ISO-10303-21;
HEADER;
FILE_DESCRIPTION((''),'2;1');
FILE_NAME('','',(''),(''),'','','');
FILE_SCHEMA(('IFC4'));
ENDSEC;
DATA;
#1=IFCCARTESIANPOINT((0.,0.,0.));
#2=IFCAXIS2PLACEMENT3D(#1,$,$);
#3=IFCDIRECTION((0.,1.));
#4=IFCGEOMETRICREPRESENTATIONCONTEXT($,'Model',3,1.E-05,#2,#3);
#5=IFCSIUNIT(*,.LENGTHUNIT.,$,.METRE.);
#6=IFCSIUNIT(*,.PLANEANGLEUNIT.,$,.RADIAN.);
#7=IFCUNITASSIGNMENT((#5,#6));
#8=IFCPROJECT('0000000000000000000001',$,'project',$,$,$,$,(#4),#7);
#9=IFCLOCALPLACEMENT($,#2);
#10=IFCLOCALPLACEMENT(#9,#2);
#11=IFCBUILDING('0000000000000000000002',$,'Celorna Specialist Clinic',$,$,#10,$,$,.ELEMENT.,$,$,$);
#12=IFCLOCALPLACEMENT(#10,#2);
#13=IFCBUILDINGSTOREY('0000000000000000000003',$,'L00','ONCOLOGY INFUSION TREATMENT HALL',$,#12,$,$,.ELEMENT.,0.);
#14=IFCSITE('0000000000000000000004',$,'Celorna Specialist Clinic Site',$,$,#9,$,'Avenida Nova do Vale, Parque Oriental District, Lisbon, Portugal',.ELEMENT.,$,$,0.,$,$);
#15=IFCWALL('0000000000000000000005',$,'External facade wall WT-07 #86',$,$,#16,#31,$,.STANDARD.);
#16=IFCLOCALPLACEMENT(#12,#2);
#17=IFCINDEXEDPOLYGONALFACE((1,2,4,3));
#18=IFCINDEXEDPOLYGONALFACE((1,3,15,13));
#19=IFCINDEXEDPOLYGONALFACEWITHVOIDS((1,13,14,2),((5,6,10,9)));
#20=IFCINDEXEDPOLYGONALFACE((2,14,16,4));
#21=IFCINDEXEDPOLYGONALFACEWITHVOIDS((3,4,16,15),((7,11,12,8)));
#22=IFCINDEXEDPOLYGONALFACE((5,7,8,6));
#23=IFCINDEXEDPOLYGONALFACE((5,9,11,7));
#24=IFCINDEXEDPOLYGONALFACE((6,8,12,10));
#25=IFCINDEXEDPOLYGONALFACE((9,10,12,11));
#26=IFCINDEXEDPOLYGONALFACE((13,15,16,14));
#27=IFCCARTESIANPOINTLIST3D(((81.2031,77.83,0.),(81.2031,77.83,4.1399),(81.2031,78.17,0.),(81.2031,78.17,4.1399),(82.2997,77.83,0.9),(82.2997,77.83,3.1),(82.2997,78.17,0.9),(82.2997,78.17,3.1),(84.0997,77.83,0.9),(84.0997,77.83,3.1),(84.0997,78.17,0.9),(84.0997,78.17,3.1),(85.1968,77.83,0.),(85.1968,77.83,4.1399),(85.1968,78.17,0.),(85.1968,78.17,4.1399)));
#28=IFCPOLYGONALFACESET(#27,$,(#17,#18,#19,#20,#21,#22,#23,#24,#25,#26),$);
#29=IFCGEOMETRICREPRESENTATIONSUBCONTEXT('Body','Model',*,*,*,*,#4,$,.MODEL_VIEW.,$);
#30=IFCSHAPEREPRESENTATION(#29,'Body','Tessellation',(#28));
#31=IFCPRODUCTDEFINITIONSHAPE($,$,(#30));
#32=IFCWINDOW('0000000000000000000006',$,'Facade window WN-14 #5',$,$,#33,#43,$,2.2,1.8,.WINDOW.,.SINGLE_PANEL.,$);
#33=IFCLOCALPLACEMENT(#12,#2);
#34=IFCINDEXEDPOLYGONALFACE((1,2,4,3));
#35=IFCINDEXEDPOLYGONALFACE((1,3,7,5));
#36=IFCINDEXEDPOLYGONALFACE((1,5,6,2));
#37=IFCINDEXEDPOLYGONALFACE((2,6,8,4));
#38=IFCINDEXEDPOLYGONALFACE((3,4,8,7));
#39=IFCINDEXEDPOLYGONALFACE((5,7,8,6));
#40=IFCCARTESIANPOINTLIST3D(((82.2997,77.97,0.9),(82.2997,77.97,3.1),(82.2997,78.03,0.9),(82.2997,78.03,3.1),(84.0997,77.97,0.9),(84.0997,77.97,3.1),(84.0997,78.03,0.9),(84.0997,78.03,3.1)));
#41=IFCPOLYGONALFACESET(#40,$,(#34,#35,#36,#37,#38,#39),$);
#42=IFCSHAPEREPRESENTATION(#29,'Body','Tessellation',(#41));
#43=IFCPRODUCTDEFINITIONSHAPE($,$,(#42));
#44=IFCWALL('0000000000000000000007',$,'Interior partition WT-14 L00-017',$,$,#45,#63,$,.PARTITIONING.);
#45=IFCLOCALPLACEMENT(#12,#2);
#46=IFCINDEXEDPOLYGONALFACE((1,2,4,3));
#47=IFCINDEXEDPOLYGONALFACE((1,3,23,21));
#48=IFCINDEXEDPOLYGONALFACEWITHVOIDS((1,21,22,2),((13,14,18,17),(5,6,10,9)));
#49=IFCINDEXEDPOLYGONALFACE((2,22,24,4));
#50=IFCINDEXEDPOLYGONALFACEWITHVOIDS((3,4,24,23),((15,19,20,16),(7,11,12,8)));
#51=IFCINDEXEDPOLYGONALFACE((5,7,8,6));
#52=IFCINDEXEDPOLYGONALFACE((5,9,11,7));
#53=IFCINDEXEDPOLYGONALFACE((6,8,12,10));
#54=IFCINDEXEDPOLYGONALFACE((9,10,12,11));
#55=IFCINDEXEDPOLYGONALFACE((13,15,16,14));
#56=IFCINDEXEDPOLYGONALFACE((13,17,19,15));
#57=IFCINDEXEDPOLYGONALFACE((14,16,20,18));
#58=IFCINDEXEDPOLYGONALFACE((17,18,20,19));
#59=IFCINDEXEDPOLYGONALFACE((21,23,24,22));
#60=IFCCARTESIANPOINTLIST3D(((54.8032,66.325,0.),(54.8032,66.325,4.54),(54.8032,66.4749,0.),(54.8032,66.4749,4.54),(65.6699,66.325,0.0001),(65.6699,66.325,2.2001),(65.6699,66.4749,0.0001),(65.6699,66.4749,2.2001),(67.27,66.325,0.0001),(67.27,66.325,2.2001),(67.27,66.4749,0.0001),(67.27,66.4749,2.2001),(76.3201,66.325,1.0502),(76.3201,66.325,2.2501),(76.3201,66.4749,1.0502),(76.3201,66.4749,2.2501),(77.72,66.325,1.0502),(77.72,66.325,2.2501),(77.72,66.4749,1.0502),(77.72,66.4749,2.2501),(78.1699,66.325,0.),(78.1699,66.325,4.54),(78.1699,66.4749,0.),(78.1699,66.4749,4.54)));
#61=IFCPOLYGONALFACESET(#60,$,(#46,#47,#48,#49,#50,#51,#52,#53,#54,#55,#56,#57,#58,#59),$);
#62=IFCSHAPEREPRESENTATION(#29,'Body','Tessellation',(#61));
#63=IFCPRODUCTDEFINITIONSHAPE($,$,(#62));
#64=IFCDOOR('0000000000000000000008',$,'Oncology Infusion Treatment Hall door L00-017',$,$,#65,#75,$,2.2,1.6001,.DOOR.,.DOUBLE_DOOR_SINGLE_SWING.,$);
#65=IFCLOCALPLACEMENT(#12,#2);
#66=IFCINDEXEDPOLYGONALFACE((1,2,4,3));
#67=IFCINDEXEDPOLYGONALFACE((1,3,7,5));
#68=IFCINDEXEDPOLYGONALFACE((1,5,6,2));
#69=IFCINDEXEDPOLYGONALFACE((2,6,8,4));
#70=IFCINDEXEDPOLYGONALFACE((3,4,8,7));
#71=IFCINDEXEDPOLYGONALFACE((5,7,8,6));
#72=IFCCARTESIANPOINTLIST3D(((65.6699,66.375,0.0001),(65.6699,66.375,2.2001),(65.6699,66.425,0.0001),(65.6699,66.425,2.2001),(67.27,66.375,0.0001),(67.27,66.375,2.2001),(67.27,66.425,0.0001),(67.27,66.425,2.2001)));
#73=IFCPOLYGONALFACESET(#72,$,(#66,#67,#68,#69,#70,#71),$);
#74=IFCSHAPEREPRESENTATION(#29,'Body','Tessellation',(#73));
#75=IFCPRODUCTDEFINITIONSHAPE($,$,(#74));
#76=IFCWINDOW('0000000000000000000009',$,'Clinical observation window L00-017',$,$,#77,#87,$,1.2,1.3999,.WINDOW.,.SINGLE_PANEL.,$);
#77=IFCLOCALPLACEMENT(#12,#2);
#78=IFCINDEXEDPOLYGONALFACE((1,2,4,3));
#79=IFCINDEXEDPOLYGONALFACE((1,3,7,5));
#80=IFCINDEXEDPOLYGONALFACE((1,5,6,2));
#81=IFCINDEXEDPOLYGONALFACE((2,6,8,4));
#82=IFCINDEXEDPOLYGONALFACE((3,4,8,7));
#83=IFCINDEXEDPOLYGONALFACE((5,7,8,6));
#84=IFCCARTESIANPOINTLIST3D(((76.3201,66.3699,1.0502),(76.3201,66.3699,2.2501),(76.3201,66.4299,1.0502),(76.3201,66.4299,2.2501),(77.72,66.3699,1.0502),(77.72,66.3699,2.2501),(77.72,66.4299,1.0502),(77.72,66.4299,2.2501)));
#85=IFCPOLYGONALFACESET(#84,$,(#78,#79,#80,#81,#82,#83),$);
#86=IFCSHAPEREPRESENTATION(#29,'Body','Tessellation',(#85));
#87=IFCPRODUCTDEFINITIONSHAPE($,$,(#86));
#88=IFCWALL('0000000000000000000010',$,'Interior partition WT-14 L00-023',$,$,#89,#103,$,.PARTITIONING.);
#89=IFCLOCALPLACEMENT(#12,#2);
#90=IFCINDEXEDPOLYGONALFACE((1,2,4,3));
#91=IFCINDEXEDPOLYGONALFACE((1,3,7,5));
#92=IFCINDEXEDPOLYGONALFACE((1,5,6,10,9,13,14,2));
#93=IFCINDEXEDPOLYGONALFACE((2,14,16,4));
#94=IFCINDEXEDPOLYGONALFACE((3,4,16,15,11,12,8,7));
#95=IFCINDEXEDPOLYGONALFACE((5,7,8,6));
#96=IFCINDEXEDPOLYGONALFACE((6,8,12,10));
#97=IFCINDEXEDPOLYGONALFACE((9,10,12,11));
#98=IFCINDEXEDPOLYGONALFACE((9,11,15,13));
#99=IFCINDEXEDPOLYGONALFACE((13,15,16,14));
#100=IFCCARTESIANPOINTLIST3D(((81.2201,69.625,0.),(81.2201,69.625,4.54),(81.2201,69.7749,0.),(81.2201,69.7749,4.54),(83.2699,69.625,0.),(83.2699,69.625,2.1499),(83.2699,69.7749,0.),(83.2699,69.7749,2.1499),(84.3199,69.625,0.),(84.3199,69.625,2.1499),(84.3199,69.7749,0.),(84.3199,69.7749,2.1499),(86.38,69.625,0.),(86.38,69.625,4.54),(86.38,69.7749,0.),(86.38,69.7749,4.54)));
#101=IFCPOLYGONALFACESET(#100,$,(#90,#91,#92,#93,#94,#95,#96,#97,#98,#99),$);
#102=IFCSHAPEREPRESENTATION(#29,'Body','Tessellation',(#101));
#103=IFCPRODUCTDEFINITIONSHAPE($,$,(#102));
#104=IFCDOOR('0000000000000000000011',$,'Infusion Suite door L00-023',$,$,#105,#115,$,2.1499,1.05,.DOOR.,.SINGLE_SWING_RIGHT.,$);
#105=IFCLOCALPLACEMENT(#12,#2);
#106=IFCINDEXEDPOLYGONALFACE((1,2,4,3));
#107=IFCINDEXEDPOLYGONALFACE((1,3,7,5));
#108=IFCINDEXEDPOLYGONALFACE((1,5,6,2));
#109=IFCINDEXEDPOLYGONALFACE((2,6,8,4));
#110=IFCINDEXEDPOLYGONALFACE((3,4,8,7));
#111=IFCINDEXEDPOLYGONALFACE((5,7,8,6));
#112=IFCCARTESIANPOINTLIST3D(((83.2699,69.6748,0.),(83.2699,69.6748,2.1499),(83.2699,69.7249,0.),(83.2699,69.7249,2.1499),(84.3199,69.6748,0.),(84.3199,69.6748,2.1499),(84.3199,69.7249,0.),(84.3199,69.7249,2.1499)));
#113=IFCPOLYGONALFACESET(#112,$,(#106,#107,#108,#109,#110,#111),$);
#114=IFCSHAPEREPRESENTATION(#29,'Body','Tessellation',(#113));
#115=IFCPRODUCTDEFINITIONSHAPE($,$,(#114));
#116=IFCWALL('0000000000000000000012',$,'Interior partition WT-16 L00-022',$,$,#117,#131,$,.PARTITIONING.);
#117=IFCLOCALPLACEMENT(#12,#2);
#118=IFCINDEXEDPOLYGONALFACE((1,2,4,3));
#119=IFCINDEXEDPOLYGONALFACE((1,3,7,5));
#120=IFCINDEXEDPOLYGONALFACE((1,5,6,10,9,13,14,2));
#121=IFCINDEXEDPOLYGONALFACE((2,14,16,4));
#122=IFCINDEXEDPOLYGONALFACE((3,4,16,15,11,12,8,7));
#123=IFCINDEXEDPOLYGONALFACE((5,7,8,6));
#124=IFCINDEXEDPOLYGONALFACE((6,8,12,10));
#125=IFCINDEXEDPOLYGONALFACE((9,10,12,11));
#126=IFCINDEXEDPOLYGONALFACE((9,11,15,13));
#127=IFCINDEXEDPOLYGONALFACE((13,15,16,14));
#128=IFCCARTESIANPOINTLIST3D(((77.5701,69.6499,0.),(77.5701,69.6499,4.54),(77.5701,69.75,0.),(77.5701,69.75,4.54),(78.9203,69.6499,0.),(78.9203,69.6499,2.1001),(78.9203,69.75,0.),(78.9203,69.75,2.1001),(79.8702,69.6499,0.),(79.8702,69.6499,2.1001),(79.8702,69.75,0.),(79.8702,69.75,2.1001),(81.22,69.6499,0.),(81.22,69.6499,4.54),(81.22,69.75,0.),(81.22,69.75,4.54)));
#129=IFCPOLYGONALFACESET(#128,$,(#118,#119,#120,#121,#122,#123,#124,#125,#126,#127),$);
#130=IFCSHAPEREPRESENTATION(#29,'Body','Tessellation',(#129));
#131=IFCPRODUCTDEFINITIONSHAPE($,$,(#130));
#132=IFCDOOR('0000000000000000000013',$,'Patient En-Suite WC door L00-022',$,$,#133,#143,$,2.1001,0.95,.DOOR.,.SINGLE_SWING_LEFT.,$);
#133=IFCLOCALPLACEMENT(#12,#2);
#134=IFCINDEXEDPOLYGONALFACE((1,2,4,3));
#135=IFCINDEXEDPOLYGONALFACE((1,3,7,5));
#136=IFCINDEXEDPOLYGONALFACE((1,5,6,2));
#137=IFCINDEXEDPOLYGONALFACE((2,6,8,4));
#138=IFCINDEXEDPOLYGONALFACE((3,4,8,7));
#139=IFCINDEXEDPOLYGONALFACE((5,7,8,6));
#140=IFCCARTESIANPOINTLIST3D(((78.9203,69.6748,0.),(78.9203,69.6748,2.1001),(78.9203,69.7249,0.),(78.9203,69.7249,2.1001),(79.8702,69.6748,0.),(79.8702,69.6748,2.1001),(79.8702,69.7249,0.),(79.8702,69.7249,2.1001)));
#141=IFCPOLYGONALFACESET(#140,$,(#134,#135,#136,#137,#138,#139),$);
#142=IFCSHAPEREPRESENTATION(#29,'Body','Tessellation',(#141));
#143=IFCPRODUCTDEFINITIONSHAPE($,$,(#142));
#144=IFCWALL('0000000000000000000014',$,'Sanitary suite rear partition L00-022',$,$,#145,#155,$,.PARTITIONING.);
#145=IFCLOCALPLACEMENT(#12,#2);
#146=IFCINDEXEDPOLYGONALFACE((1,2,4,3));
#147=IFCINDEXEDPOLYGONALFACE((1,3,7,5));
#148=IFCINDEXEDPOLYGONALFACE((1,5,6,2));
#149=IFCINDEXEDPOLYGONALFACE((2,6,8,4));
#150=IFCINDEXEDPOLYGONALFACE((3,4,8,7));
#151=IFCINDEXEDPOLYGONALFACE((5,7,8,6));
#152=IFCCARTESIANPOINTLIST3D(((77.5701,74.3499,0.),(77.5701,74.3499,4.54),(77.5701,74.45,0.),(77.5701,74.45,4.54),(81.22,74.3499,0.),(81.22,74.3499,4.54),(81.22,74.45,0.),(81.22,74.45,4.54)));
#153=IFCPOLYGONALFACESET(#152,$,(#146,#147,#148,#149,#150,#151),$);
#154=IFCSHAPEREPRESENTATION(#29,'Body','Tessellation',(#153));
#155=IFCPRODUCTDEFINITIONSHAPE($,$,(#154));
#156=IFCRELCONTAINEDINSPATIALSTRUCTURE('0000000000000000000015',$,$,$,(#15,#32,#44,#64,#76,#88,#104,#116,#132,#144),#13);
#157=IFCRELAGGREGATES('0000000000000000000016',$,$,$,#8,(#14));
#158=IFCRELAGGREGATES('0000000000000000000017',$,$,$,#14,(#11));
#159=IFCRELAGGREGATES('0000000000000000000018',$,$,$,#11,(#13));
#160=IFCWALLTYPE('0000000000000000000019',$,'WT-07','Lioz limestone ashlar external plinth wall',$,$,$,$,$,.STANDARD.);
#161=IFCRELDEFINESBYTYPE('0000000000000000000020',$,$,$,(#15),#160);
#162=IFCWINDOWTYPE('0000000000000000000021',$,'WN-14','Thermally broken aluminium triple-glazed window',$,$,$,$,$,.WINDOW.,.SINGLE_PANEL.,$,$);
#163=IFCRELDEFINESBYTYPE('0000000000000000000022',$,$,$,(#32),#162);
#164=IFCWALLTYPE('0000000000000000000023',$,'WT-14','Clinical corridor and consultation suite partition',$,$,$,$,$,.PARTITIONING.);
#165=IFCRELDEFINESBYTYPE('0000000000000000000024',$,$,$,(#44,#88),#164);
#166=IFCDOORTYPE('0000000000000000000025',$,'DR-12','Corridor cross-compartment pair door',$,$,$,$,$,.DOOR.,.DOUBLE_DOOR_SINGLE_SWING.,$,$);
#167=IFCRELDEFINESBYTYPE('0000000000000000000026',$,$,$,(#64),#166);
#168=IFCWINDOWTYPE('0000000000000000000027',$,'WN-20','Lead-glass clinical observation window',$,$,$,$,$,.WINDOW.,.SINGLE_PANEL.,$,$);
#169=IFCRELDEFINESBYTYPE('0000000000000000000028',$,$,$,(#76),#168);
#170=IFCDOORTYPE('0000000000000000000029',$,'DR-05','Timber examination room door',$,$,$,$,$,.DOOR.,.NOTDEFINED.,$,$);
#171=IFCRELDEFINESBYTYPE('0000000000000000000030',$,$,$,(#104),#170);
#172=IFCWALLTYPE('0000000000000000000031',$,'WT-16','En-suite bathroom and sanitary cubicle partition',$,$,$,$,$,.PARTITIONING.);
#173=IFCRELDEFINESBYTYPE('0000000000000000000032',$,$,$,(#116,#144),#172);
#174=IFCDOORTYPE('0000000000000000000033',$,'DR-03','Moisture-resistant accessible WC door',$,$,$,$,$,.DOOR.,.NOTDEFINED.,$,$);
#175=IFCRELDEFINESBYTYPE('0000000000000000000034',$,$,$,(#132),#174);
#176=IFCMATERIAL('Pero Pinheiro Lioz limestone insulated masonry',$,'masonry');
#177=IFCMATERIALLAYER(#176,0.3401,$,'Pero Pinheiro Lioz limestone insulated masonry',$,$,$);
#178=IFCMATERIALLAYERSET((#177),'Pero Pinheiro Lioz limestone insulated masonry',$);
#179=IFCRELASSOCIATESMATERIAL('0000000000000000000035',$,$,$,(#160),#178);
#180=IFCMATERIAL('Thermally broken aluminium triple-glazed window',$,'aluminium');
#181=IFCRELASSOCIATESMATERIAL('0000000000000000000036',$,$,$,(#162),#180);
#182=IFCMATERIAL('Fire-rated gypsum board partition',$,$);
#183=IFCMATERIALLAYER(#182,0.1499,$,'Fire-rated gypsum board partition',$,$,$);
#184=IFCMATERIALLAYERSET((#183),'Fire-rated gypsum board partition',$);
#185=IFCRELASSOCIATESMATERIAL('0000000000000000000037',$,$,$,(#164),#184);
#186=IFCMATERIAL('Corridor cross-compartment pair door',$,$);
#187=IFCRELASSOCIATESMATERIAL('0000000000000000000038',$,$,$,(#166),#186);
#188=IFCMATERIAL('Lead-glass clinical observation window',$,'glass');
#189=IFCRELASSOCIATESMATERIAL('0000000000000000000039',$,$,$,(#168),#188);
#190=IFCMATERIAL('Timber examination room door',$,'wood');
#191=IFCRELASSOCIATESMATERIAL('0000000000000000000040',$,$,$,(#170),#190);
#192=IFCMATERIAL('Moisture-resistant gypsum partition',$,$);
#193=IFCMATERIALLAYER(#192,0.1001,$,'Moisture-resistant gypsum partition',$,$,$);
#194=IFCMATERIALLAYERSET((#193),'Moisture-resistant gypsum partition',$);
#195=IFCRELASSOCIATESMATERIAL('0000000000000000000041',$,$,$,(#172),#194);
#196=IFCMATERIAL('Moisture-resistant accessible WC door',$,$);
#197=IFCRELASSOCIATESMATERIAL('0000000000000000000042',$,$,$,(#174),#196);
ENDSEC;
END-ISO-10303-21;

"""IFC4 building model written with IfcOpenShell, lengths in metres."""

from ifc_helpers import new_model, si_unit, direction, frame, frame_2d, origin, place, context, subcontext, project, spatial, rectangle, extrude, material, layer, layer_set, type_object, element, fill, save


model = new_model("IFC4")

# Units and contexts
model_context = context("Model", 3, precision=1e-05, world=origin(), true_north=direction((0.0, 1.0)))
body_context = subcontext(model_context, "Body", "Model", "MODEL_VIEW")
ifc_project = project(units=[si_unit("LENGTHUNIT", "METRE"), si_unit("PLANEANGLEUNIT", "RADIAN")], contexts=[model_context])

# Site, building, storey
site_placement = place(None, origin())
site = spatial("IfcSite", under=ifc_project, at=site_placement, Name="Celorna Specialist Clinic Site", LongName="Avenida Nova do Vale, Parque Oriental District, Lisbon, Portugal", CompositionType="ELEMENT", RefElevation=0.0)
building_placement = place(site_placement, origin())
building = spatial("IfcBuilding", under=site, at=building_placement, Name="Celorna Specialist Clinic", CompositionType="ELEMENT")
storey_placement = place(building_placement, origin())
storey = spatial("IfcBuildingStorey", under=building, at=storey_placement, Name="L00", Description="ONCOLOGY INFUSION TREATMENT HALL", CompositionType="ELEMENT", Elevation=0.0)

# Wall, opening, window
ifc_material_1 = material(Name="Pero Pinheiro Lioz limestone insulated masonry", Category="masonry")
ifc_layer_1 = layer(ifc_material_1, 0.3401, Name="Pero Pinheiro Lioz limestone insulated masonry")
ifc_layer_set_1 = layer_set([ifc_layer_1], Name="Pero Pinheiro Lioz limestone insulated masonry")
wall_type_1 = type_object("IfcWallType", Name="WT-07", Description="Lioz limestone ashlar external plinth wall", PredefinedType="STANDARD", material=ifc_layer_set_1)
wall_1_placement = place(storey_placement, frame((81.2031, 78.0, 0.0), z_axis=(0.0, 0.0, 1.0), x_axis=(1.0, 0.0, 0.0)))
wall_1 = element("IfcWall", 1, at=wall_1_placement, inside=storey, type_object=wall_type_1, Name="External facade wall WT-07 #86", PredefinedType="STANDARD", context=body_context, shape_type="SweptSolid", body=[
    extrude(rectangle(XDim=3.9937, YDim=0.3401, at=frame_2d((1.9968, 0.0))), origin(), (0.0, 0.0, 1.0), 4.1399),
])
opening_1_placement = place(wall_1_placement, frame((1.0967, 0.0, 0.8999)))
opening_1 = element("IfcOpeningElement", 2, at=opening_1_placement, cuts=wall_1, PredefinedType="OPENING", context=body_context, shape_type="SweptSolid", body=[
    extrude(rectangle(XDim=1.8, YDim=2.2, at=frame_2d((0.8999, 1.1001))), frame((0.0, 0.1799, 0.0), z_axis=(0.0, -1.0, 0.0), x_axis=(1.0, 0.0, 0.0)), (0.0, 0.0, 1.0), 0.3601),
])
ifc_material_2 = material(Name="Thermally broken aluminium triple-glazed window", Category="aluminium")
window_type_1 = type_object("IfcWindowType", Name="WN-14", Description="Thermally broken aluminium triple-glazed window", PartitioningType="SINGLE_PANEL", PredefinedType="WINDOW", material=ifc_material_2)
window_1_placement = place(opening_1_placement, origin())
window_1 = element("IfcWindow", 3, at=window_1_placement, inside=storey, type_object=window_type_1, Name="Facade window WN-14 #5", OverallHeight=2.2, OverallWidth=1.8, PartitioningType="SINGLE_PANEL", PredefinedType="WINDOW", context=body_context, shape_type="SweptSolid", body=[
    extrude(rectangle(XDim=1.8, YDim=2.2, at=frame_2d((0.8999, 1.1001))), frame((0.0, 0.03, 0.0), z_axis=(0.0, -1.0, 0.0), x_axis=(1.0, 0.0, 0.0)), (0.0, 0.0, 1.0), 0.0601),
])
fill(opening_1, window_1)

# Wall, openings, door, window
ifc_material_3 = material(Name="Fire-rated gypsum board partition")
ifc_layer_2 = layer(ifc_material_3, 0.1499, Name="Fire-rated gypsum board partition")
ifc_layer_set_2 = layer_set([ifc_layer_2], Name="Fire-rated gypsum board partition")
wall_type_2 = type_object("IfcWallType", Name="WT-14", Description="Clinical corridor and consultation suite partition", PredefinedType="PARTITIONING", material=ifc_layer_set_2)
wall_2_placement = place(storey_placement, frame((78.1699, 66.3999, 0.0), z_axis=(0.0, 0.0, 1.0), x_axis=(-1.0, 0.0, 0.0)))
wall_2 = element("IfcWall", 4, at=wall_2_placement, inside=storey, type_object=wall_type_2, Name="Interior partition WT-14 L00-017", PredefinedType="PARTITIONING", context=body_context, shape_type="SweptSolid", body=[
    extrude(rectangle(XDim=23.3667, YDim=0.1499, at=frame_2d((11.6833, 0.0))), origin(), (0.0, 0.0, 1.0), 4.54),
])
opening_2_placement = place(wall_2_placement, frame((10.8999, 0.0, 0.0)))
opening_2 = element("IfcOpeningElement", 5, at=opening_2_placement, cuts=wall_2, PredefinedType="OPENING", context=body_context, shape_type="SweptSolid", body=[
    extrude(rectangle(XDim=1.6001, YDim=2.2, at=frame_2d((0.8, 1.1001))), frame((0.0, 0.085, 0.0), z_axis=(0.0, -1.0, 0.0), x_axis=(1.0, 0.0, 0.0)), (0.0, 0.0, 1.0), 0.1699),
])
opening_3_placement = place(wall_2_placement, frame((0.45, 0.0, 1.05)))
opening_3 = element("IfcOpeningElement", 6, at=opening_3_placement, cuts=wall_2, PredefinedType="OPENING", context=body_context, shape_type="SweptSolid", body=[
    extrude(rectangle(XDim=1.3999, YDim=1.2, at=frame_2d((0.7, 0.6001))), frame((0.0, 0.085, 0.0), z_axis=(0.0, -1.0, 0.0), x_axis=(1.0, 0.0, 0.0)), (0.0, 0.0, 1.0), 0.1699),
])
ifc_material_4 = material(Name="Corridor cross-compartment pair door")
door_type_1 = type_object("IfcDoorType", Name="DR-12", Description="Corridor cross-compartment pair door", OperationType="DOUBLE_DOOR_SINGLE_SWING", PredefinedType="DOOR", material=ifc_material_4)
door_1_placement = place(opening_2_placement, origin())
door_1 = element("IfcDoor", 7, at=door_1_placement, inside=storey, type_object=door_type_1, Name="Oncology Infusion Treatment Hall door L00-017", OperationType="DOUBLE_DOOR_SINGLE_SWING", OverallHeight=2.2, OverallWidth=1.6001, PredefinedType="DOOR", context=body_context, shape_type="SweptSolid", body=[
    extrude(rectangle(XDim=1.6001, YDim=2.2, at=frame_2d((0.8, 1.1001))), frame((0.0, 0.0249, 0.0), z_axis=(0.0, -1.0, 0.0), x_axis=(1.0, 0.0, 0.0)), (0.0, 0.0, 1.0), 0.05),
])
fill(opening_2, door_1)
ifc_material_5 = material(Name="Lead-glass clinical observation window", Category="glass")
window_type_2 = type_object("IfcWindowType", Name="WN-20", Description="Lead-glass clinical observation window", PartitioningType="SINGLE_PANEL", PredefinedType="WINDOW", material=ifc_material_5)
window_2_placement = place(opening_3_placement, origin())
window_2 = element("IfcWindow", 8, at=window_2_placement, inside=storey, type_object=window_type_2, Name="Clinical observation window L00-017", OverallHeight=1.2, OverallWidth=1.3999, PartitioningType="SINGLE_PANEL", PredefinedType="WINDOW", context=body_context, shape_type="SweptSolid", body=[
    extrude(rectangle(XDim=1.3999, YDim=1.2, at=frame_2d((0.7, 0.6001))), frame((0.0, 0.03, 0.0), z_axis=(0.0, -1.0, 0.0), x_axis=(1.0, 0.0, 0.0)), (0.0, 0.0, 1.0), 0.0601),
])
fill(opening_3, window_2)

# Wall, opening, door
wall_3_placement = place(storey_placement, frame((81.22, 69.7, 0.0), z_axis=(0.0, 0.0, 1.0), x_axis=(1.0, 0.0, 0.0)))
wall_3 = element("IfcWall", 9, at=wall_3_placement, inside=storey, type_object=wall_type_2, Name="Interior partition WT-14 L00-023", PredefinedType="PARTITIONING", context=body_context, shape_type="SweptSolid", body=[
    extrude(rectangle(XDim=5.1599, YDim=0.1499, at=frame_2d((2.5801, 0.0))), origin(), (0.0, 0.0, 1.0), 4.54),
])
opening_4_placement = place(wall_3_placement, frame((2.05, 0.0, 0.0)))
opening_4 = element("IfcOpeningElement", 10, at=opening_4_placement, cuts=wall_3, PredefinedType="OPENING", context=body_context, shape_type="SweptSolid", body=[
    extrude(rectangle(XDim=1.05, YDim=2.1499, at=frame_2d((0.5249, 1.075))), frame((0.0, 0.085, 0.0), z_axis=(0.0, -1.0, 0.0), x_axis=(1.0, 0.0, 0.0)), (0.0, 0.0, 1.0), 0.1699),
])
ifc_material_6 = material(Name="Timber examination room door", Category="wood")
door_type_2 = type_object("IfcDoorType", Name="DR-05", Description="Timber examination room door", OperationType="NOTDEFINED", PredefinedType="DOOR", material=ifc_material_6)
door_2_placement = place(opening_4_placement, origin())
door_2 = element("IfcDoor", 11, at=door_2_placement, inside=storey, type_object=door_type_2, Name="Infusion Suite door L00-023", OperationType="SINGLE_SWING_RIGHT", OverallHeight=2.1499, OverallWidth=1.05, PredefinedType="DOOR", context=body_context, shape_type="SweptSolid", body=[
    extrude(rectangle(XDim=1.05, YDim=2.1499, at=frame_2d((0.5249, 1.075))), frame((0.0, 0.0249, 0.0), z_axis=(0.0, -1.0, 0.0), x_axis=(1.0, 0.0, 0.0)), (0.0, 0.0, 1.0), 0.05),
])
fill(opening_4, door_2)

# Wall, opening, door
ifc_material_7 = material(Name="Moisture-resistant gypsum partition")
ifc_layer_3 = layer(ifc_material_7, 0.1001, Name="Moisture-resistant gypsum partition")
ifc_layer_set_3 = layer_set([ifc_layer_3], Name="Moisture-resistant gypsum partition")
wall_type_3 = type_object("IfcWallType", Name="WT-16", Description="En-suite bathroom and sanitary cubicle partition", PredefinedType="PARTITIONING", material=ifc_layer_set_3)
wall_4_placement = place(storey_placement, frame((77.5701, 69.7, 0.0), z_axis=(0.0, 0.0, 1.0), x_axis=(1.0, 0.0, 0.0)))
wall_4 = element("IfcWall", 12, at=wall_4_placement, inside=storey, type_object=wall_type_3, Name="Interior partition WT-16 L00-022", PredefinedType="PARTITIONING", context=body_context, shape_type="SweptSolid", body=[
    extrude(rectangle(XDim=3.6499, YDim=0.1001, at=frame_2d((1.825, 0.0))), origin(), (0.0, 0.0, 1.0), 4.54),
])
opening_5_placement = place(wall_4_placement, frame((1.3501, 0.0, 0.0)))
opening_5 = element("IfcOpeningElement", 13, at=opening_5_placement, cuts=wall_4, PredefinedType="OPENING", context=body_context, shape_type="SweptSolid", body=[
    extrude(rectangle(XDim=0.95, YDim=2.1001, at=frame_2d((0.4751, 1.05))), frame((0.0, 0.0601, 0.0), z_axis=(0.0, -1.0, 0.0), x_axis=(1.0, 0.0, 0.0)), (0.0, 0.0, 1.0), 0.1201),
])
ifc_material_8 = material(Name="Moisture-resistant accessible WC door")
door_type_3 = type_object("IfcDoorType", Name="DR-03", Description="Moisture-resistant accessible WC door", OperationType="NOTDEFINED", PredefinedType="DOOR", material=ifc_material_8)
door_3_placement = place(opening_5_placement, origin())
door_3 = element("IfcDoor", 14, at=door_3_placement, inside=storey, type_object=door_type_3, Name="Patient En-Suite WC door L00-022", OperationType="SINGLE_SWING_LEFT", OverallHeight=2.1001, OverallWidth=0.95, PredefinedType="DOOR", context=body_context, shape_type="SweptSolid", body=[
    extrude(rectangle(XDim=0.95, YDim=2.1001, at=frame_2d((0.4751, 1.05))), frame((0.0, 0.0249, 0.0), z_axis=(0.0, -1.0, 0.0), x_axis=(1.0, 0.0, 0.0)), (0.0, 0.0, 1.0), 0.05),
])
fill(opening_5, door_3)

# Wall
wall_5_placement = place(storey_placement, frame((77.5701, 74.3999, 0.0), z_axis=(0.0, 0.0, 1.0), x_axis=(1.0, 0.0, 0.0)))
element("IfcWall", 15, at=wall_5_placement, inside=storey, type_object=wall_type_3, Name="Sanitary suite rear partition L00-022", PredefinedType="PARTITIONING", context=body_context, shape_type="SweptSolid", body=[
    extrude(rectangle(XDim=3.6499, YDim=0.1001, at=frame_2d((1.825, 0.0))), origin(), (0.0, 0.0, 1.0), 4.54),
])

save(model, "model.ifc")
